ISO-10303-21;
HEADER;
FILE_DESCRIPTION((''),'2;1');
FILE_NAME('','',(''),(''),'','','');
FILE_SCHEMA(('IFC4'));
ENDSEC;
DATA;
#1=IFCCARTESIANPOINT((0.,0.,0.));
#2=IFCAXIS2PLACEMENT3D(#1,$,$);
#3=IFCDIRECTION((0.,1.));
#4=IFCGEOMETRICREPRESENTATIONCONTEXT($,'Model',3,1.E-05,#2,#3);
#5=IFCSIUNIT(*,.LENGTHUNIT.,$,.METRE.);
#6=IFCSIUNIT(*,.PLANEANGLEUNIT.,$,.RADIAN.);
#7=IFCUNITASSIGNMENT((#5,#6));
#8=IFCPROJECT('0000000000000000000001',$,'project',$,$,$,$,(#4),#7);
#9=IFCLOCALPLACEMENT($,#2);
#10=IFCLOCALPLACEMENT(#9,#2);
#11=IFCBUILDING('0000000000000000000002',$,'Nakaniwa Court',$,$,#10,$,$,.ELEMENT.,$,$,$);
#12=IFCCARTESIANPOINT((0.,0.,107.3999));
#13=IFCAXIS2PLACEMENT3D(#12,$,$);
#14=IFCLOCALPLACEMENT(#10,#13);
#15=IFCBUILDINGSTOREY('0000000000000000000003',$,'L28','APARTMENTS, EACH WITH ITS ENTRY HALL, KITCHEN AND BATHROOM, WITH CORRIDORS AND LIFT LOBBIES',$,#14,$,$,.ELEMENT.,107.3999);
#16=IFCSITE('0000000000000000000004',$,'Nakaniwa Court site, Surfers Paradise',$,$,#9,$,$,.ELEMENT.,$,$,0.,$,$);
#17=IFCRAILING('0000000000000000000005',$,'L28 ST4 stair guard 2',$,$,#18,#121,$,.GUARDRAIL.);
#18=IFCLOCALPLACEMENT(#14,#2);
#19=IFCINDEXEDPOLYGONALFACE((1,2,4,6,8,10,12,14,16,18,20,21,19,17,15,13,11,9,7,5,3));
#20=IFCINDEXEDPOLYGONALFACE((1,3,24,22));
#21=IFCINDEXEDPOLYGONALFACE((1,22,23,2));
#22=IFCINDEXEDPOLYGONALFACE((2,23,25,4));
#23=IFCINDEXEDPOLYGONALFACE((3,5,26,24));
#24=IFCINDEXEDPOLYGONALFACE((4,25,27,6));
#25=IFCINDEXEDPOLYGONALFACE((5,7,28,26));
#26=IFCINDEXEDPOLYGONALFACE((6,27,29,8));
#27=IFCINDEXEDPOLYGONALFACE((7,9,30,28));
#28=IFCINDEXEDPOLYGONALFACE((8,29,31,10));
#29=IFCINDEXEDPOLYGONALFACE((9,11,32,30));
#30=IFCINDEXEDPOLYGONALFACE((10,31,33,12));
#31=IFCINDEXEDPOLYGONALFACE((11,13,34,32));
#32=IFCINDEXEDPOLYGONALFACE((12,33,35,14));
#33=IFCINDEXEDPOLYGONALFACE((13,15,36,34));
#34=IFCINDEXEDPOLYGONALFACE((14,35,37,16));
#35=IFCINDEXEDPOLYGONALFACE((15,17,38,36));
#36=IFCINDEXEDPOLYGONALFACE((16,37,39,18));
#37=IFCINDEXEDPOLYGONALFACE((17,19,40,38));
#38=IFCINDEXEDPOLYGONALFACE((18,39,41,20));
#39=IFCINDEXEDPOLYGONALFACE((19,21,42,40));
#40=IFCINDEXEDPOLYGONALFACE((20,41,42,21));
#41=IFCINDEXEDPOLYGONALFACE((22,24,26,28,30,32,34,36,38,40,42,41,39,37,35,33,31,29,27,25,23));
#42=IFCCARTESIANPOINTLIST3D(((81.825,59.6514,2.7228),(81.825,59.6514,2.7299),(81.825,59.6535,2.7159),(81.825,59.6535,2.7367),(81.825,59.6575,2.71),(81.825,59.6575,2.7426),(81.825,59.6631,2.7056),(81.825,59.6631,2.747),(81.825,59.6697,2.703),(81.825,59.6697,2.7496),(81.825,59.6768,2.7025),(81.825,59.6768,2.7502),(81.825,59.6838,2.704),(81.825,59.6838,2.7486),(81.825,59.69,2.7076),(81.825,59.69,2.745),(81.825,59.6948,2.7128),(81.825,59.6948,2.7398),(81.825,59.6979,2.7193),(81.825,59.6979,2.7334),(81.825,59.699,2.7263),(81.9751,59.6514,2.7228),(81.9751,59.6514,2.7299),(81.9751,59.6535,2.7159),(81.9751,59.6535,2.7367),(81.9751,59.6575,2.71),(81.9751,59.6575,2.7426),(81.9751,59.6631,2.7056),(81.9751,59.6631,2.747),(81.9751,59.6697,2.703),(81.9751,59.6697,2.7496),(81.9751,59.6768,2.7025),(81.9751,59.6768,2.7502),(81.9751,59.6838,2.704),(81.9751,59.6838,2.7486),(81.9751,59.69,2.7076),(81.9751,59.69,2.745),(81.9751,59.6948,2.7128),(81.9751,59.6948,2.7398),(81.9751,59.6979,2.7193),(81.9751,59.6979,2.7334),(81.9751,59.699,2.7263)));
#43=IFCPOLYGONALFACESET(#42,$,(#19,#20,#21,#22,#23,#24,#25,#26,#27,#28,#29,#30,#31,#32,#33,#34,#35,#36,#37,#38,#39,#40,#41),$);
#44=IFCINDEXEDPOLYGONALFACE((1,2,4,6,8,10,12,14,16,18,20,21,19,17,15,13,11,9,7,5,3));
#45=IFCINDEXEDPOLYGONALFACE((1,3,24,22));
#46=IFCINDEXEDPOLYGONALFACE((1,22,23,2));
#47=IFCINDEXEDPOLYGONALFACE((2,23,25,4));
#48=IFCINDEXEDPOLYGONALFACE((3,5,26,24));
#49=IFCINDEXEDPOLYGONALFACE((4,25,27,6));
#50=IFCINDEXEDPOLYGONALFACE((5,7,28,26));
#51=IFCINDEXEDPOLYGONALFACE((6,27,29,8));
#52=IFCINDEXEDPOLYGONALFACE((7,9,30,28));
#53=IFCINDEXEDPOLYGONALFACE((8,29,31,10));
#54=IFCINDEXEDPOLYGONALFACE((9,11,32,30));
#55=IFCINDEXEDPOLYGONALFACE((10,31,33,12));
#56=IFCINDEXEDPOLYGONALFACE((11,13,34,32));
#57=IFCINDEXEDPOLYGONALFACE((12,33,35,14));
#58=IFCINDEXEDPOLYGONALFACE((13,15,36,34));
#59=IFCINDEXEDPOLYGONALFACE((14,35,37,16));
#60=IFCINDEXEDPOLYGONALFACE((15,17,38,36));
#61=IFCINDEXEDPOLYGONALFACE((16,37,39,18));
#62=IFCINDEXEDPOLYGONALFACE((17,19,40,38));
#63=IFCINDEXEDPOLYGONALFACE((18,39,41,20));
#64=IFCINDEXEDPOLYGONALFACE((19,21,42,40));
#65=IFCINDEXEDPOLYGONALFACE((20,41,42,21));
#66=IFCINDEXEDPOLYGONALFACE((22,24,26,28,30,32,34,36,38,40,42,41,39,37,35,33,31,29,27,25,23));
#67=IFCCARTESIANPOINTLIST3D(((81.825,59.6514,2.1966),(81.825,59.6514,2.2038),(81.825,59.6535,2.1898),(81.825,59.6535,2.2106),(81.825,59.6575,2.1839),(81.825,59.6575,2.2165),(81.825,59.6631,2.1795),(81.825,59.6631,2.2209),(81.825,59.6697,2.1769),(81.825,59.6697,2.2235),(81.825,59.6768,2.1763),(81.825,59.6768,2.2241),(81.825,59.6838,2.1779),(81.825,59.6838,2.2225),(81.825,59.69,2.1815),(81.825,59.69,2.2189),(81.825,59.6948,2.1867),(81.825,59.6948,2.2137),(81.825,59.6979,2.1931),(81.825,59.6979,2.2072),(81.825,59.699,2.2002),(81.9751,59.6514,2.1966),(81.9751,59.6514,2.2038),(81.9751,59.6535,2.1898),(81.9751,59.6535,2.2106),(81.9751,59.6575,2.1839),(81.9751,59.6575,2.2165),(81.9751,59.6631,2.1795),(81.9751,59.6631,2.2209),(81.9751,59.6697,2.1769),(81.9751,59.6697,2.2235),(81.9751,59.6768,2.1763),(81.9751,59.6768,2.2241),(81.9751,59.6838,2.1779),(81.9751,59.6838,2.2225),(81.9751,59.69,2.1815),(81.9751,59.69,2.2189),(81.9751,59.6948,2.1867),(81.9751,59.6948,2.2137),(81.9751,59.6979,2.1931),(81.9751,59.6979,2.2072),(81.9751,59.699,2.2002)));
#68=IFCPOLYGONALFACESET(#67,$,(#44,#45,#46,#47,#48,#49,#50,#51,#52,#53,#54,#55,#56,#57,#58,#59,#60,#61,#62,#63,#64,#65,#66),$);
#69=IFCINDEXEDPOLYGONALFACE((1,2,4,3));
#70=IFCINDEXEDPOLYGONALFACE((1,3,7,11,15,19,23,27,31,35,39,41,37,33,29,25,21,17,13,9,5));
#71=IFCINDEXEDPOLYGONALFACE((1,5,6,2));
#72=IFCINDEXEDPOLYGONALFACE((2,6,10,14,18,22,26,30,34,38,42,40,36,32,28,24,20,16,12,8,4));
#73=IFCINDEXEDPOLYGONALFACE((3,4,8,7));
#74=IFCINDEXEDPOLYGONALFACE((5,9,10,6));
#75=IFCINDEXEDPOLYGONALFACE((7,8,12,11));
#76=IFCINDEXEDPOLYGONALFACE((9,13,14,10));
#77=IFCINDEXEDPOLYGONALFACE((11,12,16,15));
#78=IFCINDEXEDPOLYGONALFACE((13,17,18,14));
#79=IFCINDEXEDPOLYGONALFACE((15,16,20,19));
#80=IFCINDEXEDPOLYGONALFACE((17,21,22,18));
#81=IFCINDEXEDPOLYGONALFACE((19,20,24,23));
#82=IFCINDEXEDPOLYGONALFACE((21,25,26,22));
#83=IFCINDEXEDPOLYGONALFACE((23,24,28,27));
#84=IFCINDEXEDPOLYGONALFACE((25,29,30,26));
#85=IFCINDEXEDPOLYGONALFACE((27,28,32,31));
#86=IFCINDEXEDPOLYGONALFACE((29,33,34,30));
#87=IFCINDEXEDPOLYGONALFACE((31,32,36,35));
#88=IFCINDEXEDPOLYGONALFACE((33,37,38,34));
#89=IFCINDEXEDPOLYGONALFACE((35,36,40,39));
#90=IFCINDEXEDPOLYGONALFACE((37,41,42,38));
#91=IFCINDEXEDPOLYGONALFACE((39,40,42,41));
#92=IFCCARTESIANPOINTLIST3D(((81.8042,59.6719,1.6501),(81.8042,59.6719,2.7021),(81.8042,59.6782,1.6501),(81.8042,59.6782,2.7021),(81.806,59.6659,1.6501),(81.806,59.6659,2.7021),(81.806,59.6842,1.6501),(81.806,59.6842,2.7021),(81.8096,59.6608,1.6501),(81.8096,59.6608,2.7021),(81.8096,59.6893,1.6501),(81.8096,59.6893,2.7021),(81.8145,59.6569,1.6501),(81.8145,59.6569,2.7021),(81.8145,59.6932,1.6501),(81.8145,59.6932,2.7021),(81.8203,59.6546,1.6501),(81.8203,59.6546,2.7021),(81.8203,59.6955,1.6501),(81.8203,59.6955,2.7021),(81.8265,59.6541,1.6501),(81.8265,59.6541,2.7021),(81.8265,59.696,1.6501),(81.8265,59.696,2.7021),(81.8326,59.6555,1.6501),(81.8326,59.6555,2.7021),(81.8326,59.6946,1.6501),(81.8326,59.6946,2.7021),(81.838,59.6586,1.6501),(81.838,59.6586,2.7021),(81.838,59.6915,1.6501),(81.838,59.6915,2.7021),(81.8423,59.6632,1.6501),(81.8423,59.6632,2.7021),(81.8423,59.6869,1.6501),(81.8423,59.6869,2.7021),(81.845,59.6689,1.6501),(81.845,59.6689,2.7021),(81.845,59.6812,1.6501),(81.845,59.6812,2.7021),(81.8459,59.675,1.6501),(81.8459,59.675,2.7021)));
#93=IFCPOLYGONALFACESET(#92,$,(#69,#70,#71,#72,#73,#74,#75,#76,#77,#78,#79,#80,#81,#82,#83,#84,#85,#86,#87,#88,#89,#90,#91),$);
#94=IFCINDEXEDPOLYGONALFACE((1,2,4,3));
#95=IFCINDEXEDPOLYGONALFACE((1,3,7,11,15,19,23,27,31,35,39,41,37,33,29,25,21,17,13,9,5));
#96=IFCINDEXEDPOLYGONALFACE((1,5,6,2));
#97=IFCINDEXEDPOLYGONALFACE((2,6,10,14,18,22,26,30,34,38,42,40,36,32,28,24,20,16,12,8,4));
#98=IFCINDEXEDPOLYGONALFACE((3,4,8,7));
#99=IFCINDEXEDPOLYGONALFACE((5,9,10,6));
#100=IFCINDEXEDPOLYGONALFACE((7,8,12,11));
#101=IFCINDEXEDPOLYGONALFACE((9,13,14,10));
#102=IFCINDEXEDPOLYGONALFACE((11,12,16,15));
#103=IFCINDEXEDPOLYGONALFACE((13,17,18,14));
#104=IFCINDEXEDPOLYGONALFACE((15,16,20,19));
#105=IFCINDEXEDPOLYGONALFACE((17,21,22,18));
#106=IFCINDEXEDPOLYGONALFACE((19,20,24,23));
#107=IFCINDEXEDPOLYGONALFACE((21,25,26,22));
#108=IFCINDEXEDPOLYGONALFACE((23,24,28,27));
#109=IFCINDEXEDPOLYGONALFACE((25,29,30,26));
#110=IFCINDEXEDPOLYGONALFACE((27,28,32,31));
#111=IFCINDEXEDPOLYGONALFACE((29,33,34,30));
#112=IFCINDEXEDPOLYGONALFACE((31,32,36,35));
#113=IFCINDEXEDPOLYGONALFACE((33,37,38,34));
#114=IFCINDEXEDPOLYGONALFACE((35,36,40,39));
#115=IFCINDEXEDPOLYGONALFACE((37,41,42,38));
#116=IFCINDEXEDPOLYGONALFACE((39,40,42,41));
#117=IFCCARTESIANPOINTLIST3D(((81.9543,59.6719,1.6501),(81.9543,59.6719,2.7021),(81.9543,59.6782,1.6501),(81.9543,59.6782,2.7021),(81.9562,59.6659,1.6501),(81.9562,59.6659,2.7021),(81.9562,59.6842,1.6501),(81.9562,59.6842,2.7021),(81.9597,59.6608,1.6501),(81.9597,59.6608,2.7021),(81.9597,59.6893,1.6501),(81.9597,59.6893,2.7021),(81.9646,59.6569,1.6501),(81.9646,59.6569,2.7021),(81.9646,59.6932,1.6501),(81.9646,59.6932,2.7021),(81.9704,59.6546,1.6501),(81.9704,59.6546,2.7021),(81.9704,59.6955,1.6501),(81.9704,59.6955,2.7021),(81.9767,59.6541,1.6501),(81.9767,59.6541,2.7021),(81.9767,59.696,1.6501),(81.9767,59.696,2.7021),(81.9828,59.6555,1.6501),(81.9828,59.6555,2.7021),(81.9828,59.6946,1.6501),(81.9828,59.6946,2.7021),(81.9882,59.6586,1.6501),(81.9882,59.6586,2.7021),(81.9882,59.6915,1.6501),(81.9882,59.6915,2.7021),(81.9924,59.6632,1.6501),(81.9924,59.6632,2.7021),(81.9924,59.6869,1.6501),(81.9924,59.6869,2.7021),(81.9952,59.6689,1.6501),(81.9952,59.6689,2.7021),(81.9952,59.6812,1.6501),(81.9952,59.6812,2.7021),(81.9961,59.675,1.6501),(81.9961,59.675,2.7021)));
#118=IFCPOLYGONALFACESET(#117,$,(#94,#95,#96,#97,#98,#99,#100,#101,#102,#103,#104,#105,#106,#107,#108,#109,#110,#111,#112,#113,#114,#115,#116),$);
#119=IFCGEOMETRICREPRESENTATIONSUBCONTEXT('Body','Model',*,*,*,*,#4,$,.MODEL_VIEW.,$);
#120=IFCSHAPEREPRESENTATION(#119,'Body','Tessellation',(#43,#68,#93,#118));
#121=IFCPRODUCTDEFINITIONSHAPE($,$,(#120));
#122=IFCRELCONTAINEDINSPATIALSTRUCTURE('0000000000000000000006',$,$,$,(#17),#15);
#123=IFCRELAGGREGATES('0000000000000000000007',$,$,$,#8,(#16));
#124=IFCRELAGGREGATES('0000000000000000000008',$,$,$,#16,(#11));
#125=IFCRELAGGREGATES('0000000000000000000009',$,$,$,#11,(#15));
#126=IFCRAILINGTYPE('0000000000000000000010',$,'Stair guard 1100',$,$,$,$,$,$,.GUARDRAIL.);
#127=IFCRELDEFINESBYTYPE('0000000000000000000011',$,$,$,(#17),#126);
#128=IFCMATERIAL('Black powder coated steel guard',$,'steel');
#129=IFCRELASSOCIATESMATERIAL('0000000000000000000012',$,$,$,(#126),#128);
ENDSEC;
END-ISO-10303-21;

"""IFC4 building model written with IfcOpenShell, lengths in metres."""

from ifc_helpers import new_model, si_unit, direction, frame, origin, origin_2d, place, context, subcontext, project, spatial, circle, extrude, material, type_object, element, save


model = new_model("IFC4")

# Units and contexts
model_context = context("Model", 3, precision=1e-05, world=origin(), true_north=direction((0.0, 1.0)))
body_context = subcontext(model_context, "Body", "Model", "MODEL_VIEW")
ifc_project = project(units=[si_unit("LENGTHUNIT", "METRE"), si_unit("PLANEANGLEUNIT", "RADIAN")], contexts=[model_context])

# Site, building, storey
site_placement = place(None, origin())
site = spatial("IfcSite", under=ifc_project, at=site_placement, Name="Nakaniwa Court site, Surfers Paradise", CompositionType="ELEMENT", RefElevation=0.0)
building_placement = place(site_placement, origin())
building = spatial("IfcBuilding", under=site, at=building_placement, Name="Nakaniwa Court", CompositionType="ELEMENT")
storey_placement = place(building_placement, frame((0.0, 0.0, 107.3999)))
storey = spatial("IfcBuildingStorey", under=building, at=storey_placement, Name="L28", Description="APARTMENTS, EACH WITH ITS ENTRY HALL, KITCHEN AND BATHROOM, WITH CORRIDORS AND LIFT LOBBIES", CompositionType="ELEMENT", Elevation=107.3999)

# Railing
ifc_material_1 = material(Name="Black powder coated steel guard", Category="steel")
railing_type_1 = type_object("IfcRailingType", Name="Stair guard 1100", PredefinedType="GUARDRAIL", material=ifc_material_1)
railing_1_placement = place(storey_placement, frame((81.825, 59.675, 1.6501)))
element("IfcRailing", 1, at=railing_1_placement, inside=storey, type_object=railing_type_1, Name="L28 ST4 stair guard 2", PredefinedType="GUARDRAIL", context=body_context, shape_type="SweptSolid", body=[
    extrude(circle(Radius=0.0239, at=origin_2d()), frame((0.0, 0.0, 1.0762), z_axis=(1.0, 0.0, 0.0), x_axis=(0.0, 1.0, 0.0)), (0.0, 0.0, 1.0), 0.1501),
    extrude(circle(Radius=0.0239, at=origin_2d()), frame((0.0, 0.0, 0.55), z_axis=(1.0, 0.0, 0.0), x_axis=(0.0, 1.0, 0.0)), (0.0, 0.0, 1.0), 0.1501),
    extrude(circle(Radius=0.021, at=origin_2d()), origin(), (0.0, 0.0, 1.0), 1.052),
    extrude(circle(Radius=0.021, at=origin_2d()), frame((0.1501, 0.0, 0.0)), (0.0, 0.0, 1.0), 1.052),
])

save(model, "model.ifc")
